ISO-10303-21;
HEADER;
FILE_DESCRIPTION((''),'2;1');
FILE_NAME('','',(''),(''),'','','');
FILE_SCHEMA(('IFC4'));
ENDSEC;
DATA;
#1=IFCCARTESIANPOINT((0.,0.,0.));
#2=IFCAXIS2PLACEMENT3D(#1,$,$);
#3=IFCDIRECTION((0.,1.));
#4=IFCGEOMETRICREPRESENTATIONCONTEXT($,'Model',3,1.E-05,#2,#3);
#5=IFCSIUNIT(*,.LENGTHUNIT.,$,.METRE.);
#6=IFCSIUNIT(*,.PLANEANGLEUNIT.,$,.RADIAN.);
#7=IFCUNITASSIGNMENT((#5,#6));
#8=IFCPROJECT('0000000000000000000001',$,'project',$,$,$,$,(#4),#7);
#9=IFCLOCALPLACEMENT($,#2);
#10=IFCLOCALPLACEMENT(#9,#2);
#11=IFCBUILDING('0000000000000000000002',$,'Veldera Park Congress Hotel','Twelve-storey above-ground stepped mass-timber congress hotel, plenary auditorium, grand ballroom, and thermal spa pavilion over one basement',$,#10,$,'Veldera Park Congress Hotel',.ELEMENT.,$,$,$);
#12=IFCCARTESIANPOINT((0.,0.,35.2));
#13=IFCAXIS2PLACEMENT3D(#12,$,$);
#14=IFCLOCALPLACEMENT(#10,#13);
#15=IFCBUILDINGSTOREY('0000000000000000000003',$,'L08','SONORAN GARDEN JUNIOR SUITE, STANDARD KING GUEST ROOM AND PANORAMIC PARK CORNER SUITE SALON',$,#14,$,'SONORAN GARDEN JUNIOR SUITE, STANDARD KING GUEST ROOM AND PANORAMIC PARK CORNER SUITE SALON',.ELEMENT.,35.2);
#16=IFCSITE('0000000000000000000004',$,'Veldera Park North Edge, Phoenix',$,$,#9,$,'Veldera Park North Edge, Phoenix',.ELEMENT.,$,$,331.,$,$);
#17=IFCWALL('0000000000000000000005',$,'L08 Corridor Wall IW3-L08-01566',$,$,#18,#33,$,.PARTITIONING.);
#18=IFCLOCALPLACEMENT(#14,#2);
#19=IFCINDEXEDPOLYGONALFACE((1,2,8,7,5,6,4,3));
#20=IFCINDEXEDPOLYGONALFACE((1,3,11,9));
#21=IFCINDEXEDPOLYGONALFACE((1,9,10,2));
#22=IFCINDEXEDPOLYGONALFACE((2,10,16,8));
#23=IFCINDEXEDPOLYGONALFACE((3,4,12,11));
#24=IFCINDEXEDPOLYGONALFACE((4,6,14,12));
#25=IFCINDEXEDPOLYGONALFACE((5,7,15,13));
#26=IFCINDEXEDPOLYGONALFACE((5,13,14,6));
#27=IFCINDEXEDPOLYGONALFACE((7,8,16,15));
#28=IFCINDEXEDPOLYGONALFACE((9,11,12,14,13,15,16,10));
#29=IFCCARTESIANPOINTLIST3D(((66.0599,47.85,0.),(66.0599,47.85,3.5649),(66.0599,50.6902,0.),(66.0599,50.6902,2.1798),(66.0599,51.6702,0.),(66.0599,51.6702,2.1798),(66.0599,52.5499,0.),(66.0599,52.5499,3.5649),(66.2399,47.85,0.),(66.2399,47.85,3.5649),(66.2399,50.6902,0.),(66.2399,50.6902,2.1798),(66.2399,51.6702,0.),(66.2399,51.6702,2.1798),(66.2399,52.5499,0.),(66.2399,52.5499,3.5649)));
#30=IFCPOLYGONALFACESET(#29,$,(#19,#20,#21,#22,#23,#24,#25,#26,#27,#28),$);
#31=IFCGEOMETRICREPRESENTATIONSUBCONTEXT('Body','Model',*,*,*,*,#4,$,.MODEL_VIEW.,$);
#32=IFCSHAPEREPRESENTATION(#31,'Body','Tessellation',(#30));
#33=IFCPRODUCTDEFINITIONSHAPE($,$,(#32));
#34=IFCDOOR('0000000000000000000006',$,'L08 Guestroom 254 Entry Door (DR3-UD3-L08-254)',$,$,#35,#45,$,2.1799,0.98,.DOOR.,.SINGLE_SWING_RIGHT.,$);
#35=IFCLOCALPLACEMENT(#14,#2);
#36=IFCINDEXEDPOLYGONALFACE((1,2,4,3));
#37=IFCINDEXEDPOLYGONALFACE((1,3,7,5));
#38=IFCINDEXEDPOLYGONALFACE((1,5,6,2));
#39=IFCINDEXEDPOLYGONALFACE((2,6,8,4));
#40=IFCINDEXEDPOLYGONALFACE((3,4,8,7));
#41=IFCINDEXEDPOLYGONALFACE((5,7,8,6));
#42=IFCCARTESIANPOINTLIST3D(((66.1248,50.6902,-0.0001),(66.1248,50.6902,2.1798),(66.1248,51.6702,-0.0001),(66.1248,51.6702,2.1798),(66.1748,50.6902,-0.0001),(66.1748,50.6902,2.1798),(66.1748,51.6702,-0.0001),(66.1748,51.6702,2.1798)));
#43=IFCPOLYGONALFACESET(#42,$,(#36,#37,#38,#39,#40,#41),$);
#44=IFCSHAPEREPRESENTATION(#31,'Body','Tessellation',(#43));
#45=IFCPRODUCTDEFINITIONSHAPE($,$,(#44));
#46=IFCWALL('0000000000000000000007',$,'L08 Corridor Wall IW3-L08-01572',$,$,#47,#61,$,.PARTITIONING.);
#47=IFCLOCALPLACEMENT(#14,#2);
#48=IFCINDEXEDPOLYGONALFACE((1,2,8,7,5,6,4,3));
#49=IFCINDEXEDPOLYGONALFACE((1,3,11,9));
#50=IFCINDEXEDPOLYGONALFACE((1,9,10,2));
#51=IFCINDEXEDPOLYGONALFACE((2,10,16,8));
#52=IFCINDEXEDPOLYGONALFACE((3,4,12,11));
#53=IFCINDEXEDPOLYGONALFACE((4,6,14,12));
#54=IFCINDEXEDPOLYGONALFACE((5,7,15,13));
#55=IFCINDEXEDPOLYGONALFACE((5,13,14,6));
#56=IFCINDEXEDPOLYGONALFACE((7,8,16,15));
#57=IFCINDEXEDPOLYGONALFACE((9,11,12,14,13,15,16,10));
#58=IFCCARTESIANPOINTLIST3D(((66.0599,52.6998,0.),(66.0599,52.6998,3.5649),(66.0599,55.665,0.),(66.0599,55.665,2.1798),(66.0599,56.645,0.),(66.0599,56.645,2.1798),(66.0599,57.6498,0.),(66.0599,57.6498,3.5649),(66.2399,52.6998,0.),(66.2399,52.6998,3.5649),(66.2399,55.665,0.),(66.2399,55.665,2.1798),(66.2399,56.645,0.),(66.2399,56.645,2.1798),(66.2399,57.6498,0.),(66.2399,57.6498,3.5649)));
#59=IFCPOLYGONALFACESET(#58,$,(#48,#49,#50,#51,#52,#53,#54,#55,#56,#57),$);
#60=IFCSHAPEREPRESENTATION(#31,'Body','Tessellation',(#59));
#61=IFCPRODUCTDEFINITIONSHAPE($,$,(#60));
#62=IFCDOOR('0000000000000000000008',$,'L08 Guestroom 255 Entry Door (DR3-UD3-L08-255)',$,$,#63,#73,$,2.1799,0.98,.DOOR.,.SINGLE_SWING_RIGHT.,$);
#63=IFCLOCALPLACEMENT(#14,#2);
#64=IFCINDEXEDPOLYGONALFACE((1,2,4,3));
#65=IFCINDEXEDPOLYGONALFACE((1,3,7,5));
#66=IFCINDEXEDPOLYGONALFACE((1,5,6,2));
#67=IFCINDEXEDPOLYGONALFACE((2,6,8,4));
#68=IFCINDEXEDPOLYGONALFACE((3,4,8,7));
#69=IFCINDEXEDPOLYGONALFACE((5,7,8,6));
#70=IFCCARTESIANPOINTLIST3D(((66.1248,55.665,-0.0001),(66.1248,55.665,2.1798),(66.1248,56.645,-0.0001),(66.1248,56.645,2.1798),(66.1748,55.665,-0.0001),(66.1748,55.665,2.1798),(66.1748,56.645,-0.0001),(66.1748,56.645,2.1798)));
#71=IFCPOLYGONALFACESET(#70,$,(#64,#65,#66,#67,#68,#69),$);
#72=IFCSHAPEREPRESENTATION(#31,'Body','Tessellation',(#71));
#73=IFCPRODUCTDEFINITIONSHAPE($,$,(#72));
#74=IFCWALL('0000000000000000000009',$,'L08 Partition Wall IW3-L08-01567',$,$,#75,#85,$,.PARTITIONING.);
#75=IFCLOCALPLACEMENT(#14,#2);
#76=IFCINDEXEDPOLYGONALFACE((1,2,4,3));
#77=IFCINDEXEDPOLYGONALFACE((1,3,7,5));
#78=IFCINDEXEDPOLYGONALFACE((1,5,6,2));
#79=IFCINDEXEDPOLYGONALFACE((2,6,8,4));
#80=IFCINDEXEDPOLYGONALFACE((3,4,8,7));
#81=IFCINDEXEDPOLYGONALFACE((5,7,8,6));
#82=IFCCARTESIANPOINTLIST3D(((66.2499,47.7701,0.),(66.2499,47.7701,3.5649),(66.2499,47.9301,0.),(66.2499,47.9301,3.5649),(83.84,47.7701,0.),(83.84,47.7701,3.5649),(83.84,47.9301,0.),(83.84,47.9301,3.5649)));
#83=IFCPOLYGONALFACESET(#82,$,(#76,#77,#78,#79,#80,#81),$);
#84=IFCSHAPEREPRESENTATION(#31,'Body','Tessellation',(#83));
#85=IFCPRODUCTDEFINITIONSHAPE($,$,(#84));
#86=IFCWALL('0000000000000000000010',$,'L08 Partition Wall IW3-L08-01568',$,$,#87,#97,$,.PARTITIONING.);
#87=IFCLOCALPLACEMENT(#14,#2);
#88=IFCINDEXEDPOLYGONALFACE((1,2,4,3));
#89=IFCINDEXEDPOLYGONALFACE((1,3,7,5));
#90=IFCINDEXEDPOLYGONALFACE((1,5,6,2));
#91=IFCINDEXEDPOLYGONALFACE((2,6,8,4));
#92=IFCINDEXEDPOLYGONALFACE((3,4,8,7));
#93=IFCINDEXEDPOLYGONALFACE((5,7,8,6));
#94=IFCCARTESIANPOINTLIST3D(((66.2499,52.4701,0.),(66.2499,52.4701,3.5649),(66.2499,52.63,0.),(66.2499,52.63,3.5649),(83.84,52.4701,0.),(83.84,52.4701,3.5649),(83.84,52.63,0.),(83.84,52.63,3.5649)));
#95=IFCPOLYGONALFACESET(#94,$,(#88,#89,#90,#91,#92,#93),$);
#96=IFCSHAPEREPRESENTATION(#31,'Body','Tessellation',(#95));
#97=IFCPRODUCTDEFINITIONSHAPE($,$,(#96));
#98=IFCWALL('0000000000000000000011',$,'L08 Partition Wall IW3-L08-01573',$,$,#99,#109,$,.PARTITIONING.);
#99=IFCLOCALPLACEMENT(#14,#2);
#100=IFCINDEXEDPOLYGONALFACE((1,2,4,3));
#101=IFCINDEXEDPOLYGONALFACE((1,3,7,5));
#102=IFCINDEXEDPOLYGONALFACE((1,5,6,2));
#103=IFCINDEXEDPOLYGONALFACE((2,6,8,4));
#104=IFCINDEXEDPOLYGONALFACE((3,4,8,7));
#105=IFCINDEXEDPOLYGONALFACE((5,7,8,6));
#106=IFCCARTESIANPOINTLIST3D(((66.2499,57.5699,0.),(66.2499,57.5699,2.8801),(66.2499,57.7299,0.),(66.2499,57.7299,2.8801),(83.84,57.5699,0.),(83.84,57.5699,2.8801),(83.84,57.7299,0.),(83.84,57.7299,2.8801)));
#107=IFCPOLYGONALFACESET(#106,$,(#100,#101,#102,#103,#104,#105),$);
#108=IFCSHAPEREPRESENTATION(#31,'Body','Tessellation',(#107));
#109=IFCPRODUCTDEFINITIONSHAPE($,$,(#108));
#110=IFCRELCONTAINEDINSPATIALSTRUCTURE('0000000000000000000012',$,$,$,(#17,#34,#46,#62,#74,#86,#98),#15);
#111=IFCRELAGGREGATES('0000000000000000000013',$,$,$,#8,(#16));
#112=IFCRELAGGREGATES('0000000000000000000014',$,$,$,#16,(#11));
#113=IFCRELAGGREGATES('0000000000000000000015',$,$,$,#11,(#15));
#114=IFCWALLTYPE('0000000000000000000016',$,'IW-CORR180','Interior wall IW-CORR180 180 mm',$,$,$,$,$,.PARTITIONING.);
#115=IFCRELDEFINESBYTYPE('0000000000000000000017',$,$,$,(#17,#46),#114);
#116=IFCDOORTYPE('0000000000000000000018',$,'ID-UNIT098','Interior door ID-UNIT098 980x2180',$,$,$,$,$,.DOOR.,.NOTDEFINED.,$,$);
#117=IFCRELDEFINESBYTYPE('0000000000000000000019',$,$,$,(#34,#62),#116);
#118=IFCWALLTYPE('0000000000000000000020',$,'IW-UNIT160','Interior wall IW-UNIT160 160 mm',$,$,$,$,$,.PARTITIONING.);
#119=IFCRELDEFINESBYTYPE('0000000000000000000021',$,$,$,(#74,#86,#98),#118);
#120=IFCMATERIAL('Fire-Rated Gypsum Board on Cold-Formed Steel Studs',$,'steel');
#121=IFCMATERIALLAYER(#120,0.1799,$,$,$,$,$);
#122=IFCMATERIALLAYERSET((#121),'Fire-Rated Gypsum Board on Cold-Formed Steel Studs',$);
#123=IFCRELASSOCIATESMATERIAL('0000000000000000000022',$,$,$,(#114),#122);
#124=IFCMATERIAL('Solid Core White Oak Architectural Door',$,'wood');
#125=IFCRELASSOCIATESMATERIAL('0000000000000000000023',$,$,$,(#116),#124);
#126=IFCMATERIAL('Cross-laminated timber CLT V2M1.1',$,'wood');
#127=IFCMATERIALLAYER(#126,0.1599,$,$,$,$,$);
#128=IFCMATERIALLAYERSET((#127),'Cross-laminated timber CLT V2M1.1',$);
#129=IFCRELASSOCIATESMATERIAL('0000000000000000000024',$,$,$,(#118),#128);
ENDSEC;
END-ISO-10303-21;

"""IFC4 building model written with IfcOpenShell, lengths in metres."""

from ifc_helpers import new_model, si_unit, direction, frame, frame_2d, origin, place, context, subcontext, project, spatial, rectangle, extrude, material, layer, layer_set, type_object, element, fill, save


model = new_model("IFC4")

# Units and contexts
model_context = context("Model", 3, precision=1e-05, world=origin(), true_north=direction((0.0, 1.0)))
body_context = subcontext(model_context, "Body", "Model", "MODEL_VIEW")
ifc_project = project(units=[si_unit("LENGTHUNIT", "METRE"), si_unit("PLANEANGLEUNIT", "RADIAN")], contexts=[model_context])

# Site, building, storey
site_placement = place(None, origin())
site = spatial("IfcSite", under=ifc_project, at=site_placement, Name="Veldera Park North Edge, Phoenix", LongName="Veldera Park North Edge, Phoenix", CompositionType="ELEMENT", RefElevation=331.0)
building_placement = place(site_placement, origin())
building = spatial("IfcBuilding", under=site, at=building_placement, Name="Veldera Park Congress Hotel", Description="Twelve-storey above-ground stepped mass-timber congress hotel, plenary auditorium, grand ballroom, and thermal spa pavilion over one basement", LongName="Veldera Park Congress Hotel", CompositionType="ELEMENT")
storey_placement = place(building_placement, frame((0.0, 0.0, 35.2)))
storey = spatial("IfcBuildingStorey", under=building, at=storey_placement, Name="L08", Description="SONORAN GARDEN JUNIOR SUITE, STANDARD KING GUEST ROOM AND PANORAMIC PARK CORNER SUITE SALON", LongName="SONORAN GARDEN JUNIOR SUITE, STANDARD KING GUEST ROOM AND PANORAMIC PARK CORNER SUITE SALON", CompositionType="ELEMENT", Elevation=35.2)

# Shared definitions
ifc_material_1 = material(Name="Cross-laminated timber CLT V2M1.1", Category="wood")

# Shared definitions
ifc_material_2 = material(Name="Fire-Rated Gypsum Board on Cold-Formed Steel Studs", Category="steel")

# Walls, openings, doors
ifc_material_3 = material(Name="Solid Core White Oak Architectural Door", Category="wood")
ifc_layer_1 = layer(ifc_material_2, 0.1799)
ifc_layer_set_1 = layer_set([ifc_layer_1], Name="Fire-Rated Gypsum Board on Cold-Formed Steel Studs")
wall_type_1 = type_object("IfcWallType", Name="IW-CORR180", Description="Interior wall IW-CORR180 180 mm", PredefinedType="PARTITIONING", material=ifc_layer_set_1)
wall_1_placement = place(storey_placement, frame((66.1499, 52.55, 0.0), z_axis=(0.0, 0.0, 1.0), x_axis=(0.0, -1.0, 0.0)))
wall_1 = element("IfcWall", 1, at=wall_1_placement, inside=storey, type_object=wall_type_1, Name="L08 Corridor Wall IW3-L08-01566", PredefinedType="PARTITIONING", context=body_context, shape_type="SweptSolid", body=[
    extrude(rectangle(XDim=4.7, YDim=0.1799, at=frame_2d((2.3501, 0.0))), origin(), (0.0, 0.0, 1.0), 3.5649),
])
opening_1_placement = place(wall_1_placement, frame((0.8799, 0.0, 0.0)))
opening_1 = element("IfcOpeningElement", 2, at=opening_1_placement, cuts=wall_1, PredefinedType="OPENING", context=body_context, shape_type="SweptSolid", body=[
    extrude(rectangle(XDim=0.98, YDim=2.1799, at=frame_2d((0.49, 1.0898))), frame((0.0, 0.1021, 0.0), z_axis=(0.0, -1.0, 0.0), x_axis=(1.0, 0.0, 0.0)), (0.0, 0.0, 1.0), 0.2039),
])
door_type_1 = type_object("IfcDoorType", Name="ID-UNIT098", Description="Interior door ID-UNIT098 980x2180", OperationType="NOTDEFINED", PredefinedType="DOOR", material=ifc_material_3)
door_1_placement = place(opening_1_placement, origin())
door_1 = element("IfcDoor", 3, at=door_1_placement, inside=storey, type_object=door_type_1, Name="L08 Guestroom 254 Entry Door (DR3-UD3-L08-254)", OperationType="SINGLE_SWING_RIGHT", OverallHeight=2.1799, OverallWidth=0.98, PredefinedType="DOOR", context=body_context, shape_type="SweptSolid", body=[
    extrude(rectangle(XDim=0.98, YDim=2.1799, at=frame_2d((0.49, 1.0898))), frame((0.0, 0.0249, 0.0), z_axis=(0.0, -1.0, 0.0), x_axis=(1.0, 0.0, 0.0)), (0.0, 0.0, 1.0), 0.05),
])
fill(opening_1, door_1)
wall_2_placement = place(storey_placement, frame((66.1499, 57.6499, 0.0), z_axis=(0.0, 0.0, 1.0), x_axis=(0.0, -1.0, 0.0)))
wall_2 = element("IfcWall", 4, at=wall_2_placement, inside=storey, type_object=wall_type_1, Name="L08 Corridor Wall IW3-L08-01572", PredefinedType="PARTITIONING", context=body_context, shape_type="SweptSolid", body=[
    extrude(rectangle(XDim=4.95, YDim=0.1799, at=frame_2d((2.4751, 0.0))), origin(), (0.0, 0.0, 1.0), 3.5649),
])
opening_2_placement = place(wall_2_placement, frame((1.0049, 0.0, 0.0)))
opening_2 = element("IfcOpeningElement", 5, at=opening_2_placement, cuts=wall_2, PredefinedType="OPENING", context=body_context, shape_type="SweptSolid", body=[
    extrude(rectangle(XDim=0.98, YDim=2.1799, at=frame_2d((0.49, 1.0898))), frame((0.0, 0.1021, 0.0), z_axis=(0.0, -1.0, 0.0), x_axis=(1.0, 0.0, 0.0)), (0.0, 0.0, 1.0), 0.2039),
])
door_2_placement = place(opening_2_placement, origin())
door_2 = element("IfcDoor", 6, at=door_2_placement, inside=storey, type_object=door_type_1, Name="L08 Guestroom 255 Entry Door (DR3-UD3-L08-255)", OperationType="SINGLE_SWING_RIGHT", OverallHeight=2.1799, OverallWidth=0.98, PredefinedType="DOOR", context=body_context, shape_type="SweptSolid", body=[
    extrude(rectangle(XDim=0.98, YDim=2.1799, at=frame_2d((0.49, 1.0898))), frame((0.0, 0.0249, 0.0), z_axis=(0.0, -1.0, 0.0), x_axis=(1.0, 0.0, 0.0)), (0.0, 0.0, 1.0), 0.05),
])
fill(opening_2, door_2)

# Walls
ifc_layer_2 = layer(ifc_material_1, 0.1599)
ifc_layer_set_2 = layer_set([ifc_layer_2], Name="Cross-laminated timber CLT V2M1.1")
wall_type_2 = type_object("IfcWallType", Name="IW-UNIT160", Description="Interior wall IW-UNIT160 160 mm", PredefinedType="PARTITIONING", material=ifc_layer_set_2)
for number, where, z_axis, x_axis, name in (
    (7, (66.25, 47.8501, 0.0), (0.0, 0.0, 1.0), (1.0, 0.0, 0.0), "L08 Partition Wall IW3-L08-01567"),
    (8, (66.25, 52.55, 0.0), (0.0, 0.0, 1.0), (1.0, 0.0, 0.0), "L08 Partition Wall IW3-L08-01568"),
):
    element("IfcWall", number, at=place(storey_placement, frame(where, z_axis=z_axis, x_axis=x_axis)), inside=storey, type_object=wall_type_2, Name=name, PredefinedType="PARTITIONING", context=body_context, shape_type="SweptSolid", body=[
        extrude(rectangle(XDim=17.5901, YDim=0.1599, at=frame_2d((8.7949, 0.0))), origin(), (0.0, 0.0, 1.0), 3.5649),
    ])
wall_3_placement = place(storey_placement, frame((66.25, 57.6499, 0.0), z_axis=(0.0, 0.0, 1.0), x_axis=(1.0, 0.0, 0.0)))
element("IfcWall", 9, at=wall_3_placement, inside=storey, type_object=wall_type_2, Name="L08 Partition Wall IW3-L08-01573", PredefinedType="PARTITIONING", context=body_context, shape_type="SweptSolid", body=[
    extrude(rectangle(XDim=17.5901, YDim=0.1599, at=frame_2d((8.7949, 0.0))), origin(), (0.0, 0.0, 1.0), 2.8801),
])

save(model, "model.ifc")
